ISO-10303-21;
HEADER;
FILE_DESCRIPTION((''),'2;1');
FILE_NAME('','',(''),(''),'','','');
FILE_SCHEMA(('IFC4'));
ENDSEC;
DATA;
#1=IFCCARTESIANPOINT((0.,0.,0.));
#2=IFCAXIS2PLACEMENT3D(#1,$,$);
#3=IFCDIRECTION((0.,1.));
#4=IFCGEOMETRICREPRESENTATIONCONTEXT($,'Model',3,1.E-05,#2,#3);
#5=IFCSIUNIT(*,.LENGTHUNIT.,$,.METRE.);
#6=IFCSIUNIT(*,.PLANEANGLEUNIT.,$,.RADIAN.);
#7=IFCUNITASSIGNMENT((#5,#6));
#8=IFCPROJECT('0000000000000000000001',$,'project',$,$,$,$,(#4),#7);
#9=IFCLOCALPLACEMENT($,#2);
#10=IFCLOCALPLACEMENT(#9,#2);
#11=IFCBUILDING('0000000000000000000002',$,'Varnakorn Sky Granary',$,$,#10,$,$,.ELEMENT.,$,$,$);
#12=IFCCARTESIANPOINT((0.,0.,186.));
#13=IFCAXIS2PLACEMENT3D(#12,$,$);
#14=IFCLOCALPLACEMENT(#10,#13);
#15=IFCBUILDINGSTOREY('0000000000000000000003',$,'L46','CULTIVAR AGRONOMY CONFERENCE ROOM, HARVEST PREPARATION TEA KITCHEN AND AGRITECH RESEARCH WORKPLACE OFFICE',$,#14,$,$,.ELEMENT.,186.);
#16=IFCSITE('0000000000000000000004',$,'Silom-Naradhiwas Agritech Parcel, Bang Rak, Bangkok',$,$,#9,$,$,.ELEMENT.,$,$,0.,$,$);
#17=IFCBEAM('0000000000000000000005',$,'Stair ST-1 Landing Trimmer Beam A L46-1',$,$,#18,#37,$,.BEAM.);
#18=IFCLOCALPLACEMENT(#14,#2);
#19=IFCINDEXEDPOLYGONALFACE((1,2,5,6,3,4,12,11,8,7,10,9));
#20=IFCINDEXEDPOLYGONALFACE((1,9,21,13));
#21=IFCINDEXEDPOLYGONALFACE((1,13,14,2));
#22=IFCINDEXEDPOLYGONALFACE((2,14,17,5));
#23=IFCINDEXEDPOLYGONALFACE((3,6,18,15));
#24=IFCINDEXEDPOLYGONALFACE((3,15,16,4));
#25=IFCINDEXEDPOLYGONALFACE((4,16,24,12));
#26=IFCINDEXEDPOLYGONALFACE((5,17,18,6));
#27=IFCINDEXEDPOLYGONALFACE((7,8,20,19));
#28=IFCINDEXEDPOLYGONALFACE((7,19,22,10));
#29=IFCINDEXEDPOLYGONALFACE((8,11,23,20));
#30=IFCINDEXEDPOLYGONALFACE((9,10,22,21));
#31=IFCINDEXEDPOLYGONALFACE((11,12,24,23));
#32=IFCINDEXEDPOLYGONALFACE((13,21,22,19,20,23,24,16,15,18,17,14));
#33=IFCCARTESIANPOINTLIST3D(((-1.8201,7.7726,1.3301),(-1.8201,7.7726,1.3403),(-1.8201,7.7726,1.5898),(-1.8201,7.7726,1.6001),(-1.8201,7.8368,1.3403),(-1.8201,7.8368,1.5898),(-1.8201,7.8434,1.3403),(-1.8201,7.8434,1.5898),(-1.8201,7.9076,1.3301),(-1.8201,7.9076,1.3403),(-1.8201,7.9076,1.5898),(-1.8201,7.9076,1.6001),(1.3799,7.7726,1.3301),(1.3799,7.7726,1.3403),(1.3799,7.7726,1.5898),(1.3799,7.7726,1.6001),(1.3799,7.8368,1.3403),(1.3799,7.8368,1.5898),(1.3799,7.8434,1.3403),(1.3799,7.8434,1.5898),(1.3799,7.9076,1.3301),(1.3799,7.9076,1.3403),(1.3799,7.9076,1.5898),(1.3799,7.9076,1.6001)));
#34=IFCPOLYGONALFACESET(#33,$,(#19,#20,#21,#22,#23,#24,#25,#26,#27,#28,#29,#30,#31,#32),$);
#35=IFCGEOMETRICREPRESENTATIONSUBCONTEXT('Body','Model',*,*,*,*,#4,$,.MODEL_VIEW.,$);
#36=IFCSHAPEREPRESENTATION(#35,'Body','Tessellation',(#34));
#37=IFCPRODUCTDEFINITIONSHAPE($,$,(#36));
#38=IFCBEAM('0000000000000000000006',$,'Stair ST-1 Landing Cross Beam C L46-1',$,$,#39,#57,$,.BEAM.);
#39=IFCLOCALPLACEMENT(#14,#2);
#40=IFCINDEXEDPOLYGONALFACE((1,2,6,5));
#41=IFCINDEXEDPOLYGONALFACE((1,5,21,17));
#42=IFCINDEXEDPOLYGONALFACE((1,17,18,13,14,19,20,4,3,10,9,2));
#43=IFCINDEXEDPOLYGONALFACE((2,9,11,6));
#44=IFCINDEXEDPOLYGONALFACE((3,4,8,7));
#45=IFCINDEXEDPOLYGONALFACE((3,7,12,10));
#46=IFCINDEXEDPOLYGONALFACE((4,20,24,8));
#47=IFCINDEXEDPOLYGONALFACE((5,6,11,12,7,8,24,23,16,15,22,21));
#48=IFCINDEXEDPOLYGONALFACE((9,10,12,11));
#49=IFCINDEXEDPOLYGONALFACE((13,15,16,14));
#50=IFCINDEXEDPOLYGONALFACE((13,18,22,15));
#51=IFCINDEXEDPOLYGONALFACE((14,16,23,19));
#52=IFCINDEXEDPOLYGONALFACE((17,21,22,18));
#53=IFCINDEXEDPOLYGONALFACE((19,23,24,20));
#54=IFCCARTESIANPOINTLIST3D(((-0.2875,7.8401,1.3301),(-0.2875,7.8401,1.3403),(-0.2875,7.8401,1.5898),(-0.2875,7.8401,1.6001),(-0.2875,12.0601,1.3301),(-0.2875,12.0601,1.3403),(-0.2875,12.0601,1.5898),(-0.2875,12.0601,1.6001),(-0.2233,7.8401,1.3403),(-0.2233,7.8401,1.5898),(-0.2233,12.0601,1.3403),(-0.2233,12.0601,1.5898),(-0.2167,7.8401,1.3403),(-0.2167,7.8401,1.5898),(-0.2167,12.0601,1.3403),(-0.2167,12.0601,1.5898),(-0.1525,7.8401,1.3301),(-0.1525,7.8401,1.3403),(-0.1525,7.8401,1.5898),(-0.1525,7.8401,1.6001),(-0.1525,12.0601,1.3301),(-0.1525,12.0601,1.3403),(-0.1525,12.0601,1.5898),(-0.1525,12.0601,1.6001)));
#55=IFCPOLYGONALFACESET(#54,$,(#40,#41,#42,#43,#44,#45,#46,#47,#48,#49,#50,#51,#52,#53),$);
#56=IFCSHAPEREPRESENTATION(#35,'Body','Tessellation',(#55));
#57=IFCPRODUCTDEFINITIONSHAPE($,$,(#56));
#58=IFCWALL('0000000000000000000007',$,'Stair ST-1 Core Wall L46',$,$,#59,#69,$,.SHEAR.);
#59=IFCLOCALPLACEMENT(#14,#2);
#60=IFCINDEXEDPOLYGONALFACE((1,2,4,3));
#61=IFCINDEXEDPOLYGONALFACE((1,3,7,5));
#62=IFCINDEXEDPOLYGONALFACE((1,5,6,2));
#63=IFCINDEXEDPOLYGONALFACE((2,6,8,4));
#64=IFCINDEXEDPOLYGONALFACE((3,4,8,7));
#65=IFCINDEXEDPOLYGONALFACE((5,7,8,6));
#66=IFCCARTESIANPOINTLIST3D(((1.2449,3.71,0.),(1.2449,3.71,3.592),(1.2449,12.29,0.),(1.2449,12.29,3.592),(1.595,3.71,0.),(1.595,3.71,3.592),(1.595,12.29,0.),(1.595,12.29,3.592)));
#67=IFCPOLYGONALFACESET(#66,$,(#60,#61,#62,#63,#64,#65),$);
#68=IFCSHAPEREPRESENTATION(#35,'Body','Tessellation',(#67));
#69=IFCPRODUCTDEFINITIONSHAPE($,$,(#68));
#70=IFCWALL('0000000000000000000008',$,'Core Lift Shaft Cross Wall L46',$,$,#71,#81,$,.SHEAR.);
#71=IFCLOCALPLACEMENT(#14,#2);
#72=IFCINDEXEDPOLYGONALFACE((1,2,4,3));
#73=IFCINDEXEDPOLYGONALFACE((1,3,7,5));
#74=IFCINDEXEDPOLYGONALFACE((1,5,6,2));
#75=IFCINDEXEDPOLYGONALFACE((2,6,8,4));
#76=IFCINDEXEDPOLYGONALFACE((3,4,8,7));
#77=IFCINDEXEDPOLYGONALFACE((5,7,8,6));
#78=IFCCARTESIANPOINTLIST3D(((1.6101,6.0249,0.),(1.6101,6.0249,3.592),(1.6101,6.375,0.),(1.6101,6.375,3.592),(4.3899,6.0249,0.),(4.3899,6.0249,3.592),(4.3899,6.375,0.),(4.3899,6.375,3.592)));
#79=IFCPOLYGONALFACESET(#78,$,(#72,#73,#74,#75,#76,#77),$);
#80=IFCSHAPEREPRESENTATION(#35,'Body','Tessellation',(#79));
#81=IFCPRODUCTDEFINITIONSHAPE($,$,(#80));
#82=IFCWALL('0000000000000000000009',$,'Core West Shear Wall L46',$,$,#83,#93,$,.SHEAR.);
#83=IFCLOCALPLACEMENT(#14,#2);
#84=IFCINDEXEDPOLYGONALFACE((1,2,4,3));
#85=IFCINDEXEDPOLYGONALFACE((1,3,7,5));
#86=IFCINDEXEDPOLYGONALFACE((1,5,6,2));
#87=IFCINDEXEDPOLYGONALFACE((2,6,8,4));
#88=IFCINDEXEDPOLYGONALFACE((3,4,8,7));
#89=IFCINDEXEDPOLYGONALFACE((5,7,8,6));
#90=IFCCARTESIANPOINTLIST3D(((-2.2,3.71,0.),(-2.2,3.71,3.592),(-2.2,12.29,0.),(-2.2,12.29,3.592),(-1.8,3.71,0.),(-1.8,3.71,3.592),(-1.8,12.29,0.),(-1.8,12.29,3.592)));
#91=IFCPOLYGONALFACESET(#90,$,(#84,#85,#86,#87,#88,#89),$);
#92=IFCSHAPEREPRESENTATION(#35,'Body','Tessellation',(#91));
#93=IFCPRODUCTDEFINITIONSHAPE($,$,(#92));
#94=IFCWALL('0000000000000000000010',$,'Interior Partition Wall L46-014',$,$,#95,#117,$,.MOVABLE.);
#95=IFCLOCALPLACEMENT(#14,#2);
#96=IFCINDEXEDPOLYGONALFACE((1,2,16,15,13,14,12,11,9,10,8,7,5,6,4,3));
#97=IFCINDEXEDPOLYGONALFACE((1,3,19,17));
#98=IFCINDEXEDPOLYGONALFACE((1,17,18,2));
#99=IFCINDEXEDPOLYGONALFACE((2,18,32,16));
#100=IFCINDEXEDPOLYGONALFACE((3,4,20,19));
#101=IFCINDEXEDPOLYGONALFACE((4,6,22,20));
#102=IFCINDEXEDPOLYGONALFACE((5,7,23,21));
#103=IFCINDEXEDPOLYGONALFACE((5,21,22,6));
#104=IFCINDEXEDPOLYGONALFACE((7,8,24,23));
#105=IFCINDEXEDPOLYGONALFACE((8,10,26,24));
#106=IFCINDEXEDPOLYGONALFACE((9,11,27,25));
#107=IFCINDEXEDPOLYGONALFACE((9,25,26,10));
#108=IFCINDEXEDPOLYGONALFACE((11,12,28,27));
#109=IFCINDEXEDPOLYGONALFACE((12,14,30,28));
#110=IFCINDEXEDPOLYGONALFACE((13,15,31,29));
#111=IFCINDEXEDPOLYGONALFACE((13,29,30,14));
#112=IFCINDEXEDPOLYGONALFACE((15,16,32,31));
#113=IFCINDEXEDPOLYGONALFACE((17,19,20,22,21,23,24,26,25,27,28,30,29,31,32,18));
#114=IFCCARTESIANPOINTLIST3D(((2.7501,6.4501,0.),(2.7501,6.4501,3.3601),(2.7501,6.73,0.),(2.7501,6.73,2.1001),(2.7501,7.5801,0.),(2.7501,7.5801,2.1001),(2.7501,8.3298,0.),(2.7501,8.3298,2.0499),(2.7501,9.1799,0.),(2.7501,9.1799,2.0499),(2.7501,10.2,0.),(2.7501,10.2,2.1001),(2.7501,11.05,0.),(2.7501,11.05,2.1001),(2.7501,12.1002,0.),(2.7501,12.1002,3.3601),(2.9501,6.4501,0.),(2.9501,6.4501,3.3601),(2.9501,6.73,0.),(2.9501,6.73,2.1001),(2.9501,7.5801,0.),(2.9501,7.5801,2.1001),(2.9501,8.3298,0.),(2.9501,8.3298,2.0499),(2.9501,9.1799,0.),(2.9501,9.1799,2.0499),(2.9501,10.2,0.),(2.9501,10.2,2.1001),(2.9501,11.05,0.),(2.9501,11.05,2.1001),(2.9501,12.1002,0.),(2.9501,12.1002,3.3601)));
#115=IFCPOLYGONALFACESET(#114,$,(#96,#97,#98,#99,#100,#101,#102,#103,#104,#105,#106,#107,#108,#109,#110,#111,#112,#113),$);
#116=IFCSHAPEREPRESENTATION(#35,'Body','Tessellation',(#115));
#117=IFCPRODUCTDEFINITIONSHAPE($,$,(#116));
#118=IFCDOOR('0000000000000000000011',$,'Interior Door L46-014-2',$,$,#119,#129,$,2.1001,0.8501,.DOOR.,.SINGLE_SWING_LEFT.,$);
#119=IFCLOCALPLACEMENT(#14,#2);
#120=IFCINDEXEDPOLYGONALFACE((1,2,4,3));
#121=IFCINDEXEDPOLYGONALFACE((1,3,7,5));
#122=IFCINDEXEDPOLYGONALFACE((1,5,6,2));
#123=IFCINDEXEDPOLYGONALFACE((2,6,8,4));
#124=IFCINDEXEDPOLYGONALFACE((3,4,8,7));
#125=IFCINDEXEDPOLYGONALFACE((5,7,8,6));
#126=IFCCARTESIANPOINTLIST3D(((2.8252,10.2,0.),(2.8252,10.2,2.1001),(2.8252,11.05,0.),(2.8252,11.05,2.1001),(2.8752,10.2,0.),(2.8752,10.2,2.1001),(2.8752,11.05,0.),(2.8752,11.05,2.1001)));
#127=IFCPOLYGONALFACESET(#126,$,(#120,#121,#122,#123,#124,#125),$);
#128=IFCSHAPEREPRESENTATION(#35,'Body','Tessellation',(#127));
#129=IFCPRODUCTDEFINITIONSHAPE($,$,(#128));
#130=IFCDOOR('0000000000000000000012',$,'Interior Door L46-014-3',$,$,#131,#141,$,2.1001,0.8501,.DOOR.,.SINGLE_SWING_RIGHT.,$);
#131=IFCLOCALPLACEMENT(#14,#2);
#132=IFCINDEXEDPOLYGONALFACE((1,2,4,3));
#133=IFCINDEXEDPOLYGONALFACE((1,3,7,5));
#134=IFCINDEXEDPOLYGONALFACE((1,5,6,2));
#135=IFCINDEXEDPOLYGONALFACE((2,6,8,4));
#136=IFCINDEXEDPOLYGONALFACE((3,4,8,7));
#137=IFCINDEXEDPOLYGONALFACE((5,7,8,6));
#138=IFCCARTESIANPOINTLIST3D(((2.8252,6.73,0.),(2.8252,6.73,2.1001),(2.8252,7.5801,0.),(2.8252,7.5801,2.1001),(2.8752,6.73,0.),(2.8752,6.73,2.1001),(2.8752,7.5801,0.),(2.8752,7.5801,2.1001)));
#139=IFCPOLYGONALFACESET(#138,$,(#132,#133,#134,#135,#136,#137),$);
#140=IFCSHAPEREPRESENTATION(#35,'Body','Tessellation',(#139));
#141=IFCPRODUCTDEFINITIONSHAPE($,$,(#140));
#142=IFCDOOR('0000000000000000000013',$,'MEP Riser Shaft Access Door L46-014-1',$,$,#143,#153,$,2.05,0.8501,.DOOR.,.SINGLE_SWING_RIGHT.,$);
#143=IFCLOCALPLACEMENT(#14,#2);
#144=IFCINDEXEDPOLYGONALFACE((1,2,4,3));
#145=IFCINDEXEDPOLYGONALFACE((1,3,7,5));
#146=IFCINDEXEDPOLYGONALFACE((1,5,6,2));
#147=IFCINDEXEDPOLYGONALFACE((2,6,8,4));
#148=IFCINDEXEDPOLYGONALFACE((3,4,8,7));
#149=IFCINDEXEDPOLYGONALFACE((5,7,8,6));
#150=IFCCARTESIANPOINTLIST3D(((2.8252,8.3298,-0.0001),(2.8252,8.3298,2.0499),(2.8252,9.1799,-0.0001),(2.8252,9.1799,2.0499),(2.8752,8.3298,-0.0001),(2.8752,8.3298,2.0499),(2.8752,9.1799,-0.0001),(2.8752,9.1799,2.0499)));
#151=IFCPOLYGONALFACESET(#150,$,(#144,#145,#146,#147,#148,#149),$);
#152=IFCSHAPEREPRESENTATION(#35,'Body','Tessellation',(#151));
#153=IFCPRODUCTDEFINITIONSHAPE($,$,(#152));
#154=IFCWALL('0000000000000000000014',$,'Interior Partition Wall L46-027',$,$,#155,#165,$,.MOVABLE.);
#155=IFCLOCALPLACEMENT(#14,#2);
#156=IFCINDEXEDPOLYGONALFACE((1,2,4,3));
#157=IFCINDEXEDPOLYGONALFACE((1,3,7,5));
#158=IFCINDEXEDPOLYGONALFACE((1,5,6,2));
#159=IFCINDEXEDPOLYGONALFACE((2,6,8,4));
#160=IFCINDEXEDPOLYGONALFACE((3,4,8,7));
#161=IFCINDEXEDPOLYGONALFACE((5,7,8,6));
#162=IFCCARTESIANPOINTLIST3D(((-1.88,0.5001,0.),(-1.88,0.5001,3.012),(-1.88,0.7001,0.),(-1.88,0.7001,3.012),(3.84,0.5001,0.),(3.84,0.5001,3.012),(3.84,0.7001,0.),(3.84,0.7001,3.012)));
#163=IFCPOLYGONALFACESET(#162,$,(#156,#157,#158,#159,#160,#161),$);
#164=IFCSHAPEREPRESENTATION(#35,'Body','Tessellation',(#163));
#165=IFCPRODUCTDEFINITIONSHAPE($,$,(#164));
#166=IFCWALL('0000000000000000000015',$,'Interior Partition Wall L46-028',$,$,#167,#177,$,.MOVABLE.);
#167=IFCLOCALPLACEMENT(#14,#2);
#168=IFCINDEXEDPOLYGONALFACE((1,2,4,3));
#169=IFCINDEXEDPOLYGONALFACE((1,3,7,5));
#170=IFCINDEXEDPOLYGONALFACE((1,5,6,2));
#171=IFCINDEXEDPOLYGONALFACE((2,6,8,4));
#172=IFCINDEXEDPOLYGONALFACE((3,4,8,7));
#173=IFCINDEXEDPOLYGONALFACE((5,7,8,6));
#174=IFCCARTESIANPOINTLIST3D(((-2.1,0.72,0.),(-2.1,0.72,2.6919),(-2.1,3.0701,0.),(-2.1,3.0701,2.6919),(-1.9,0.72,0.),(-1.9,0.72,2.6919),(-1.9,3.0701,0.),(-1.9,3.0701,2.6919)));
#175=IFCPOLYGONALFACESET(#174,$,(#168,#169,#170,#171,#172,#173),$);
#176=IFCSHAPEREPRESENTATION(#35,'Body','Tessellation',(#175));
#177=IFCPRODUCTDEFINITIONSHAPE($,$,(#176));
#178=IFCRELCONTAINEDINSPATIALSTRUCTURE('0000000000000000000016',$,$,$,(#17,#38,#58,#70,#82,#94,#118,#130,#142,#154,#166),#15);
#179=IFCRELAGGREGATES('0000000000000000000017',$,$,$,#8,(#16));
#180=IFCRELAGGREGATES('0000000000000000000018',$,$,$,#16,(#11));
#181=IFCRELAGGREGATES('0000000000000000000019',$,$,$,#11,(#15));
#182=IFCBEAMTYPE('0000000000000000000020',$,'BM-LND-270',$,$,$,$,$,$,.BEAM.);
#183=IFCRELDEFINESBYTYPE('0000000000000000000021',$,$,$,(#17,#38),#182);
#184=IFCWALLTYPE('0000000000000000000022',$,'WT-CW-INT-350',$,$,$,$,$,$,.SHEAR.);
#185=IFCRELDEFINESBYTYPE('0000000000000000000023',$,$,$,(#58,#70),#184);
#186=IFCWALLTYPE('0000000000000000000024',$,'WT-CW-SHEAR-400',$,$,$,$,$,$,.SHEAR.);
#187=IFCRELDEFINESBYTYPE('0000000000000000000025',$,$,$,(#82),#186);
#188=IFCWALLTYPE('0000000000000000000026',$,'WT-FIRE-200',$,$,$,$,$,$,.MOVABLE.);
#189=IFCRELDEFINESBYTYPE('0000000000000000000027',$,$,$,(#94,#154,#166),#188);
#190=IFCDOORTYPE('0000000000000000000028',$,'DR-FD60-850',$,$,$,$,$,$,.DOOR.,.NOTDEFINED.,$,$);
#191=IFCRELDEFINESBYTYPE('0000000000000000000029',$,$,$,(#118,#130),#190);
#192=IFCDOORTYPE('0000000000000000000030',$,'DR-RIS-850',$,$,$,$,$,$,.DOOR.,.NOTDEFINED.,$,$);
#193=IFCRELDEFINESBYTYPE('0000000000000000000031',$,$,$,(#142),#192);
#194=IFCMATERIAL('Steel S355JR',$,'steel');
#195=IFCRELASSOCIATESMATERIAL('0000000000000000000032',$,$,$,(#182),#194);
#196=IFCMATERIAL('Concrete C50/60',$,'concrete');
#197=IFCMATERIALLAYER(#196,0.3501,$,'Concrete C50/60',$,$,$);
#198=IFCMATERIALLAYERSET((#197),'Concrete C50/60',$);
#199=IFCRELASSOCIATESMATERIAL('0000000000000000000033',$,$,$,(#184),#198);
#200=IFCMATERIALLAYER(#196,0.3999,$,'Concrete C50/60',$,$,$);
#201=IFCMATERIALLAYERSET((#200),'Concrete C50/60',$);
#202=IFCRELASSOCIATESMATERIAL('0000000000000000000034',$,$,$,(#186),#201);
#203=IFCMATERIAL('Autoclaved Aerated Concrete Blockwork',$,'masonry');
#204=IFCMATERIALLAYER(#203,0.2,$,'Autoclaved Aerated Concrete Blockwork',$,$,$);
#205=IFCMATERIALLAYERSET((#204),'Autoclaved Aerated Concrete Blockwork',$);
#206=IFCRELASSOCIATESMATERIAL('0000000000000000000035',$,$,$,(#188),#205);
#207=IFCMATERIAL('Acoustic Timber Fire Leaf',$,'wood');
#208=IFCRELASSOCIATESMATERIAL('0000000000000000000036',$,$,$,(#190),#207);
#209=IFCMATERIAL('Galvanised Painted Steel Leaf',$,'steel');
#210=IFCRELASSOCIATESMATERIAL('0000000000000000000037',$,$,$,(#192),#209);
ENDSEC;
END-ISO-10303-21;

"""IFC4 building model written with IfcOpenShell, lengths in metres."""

from ifc_helpers import new_model, si_unit, direction, frame, frame_2d, origin, origin_2d, place, context, subcontext, project, spatial, rectangle, i_section, extrude, material, layer, layer_set, material_profile, profile_set, type_object, element, fill, save


model = new_model("IFC4")

# Units and contexts
model_context = context("Model", 3, precision=1e-05, world=origin(), true_north=direction((0.0, 1.0)))
body_context = subcontext(model_context, "Body", "Model", "MODEL_VIEW")
ifc_project = project(units=[si_unit("LENGTHUNIT", "METRE"), si_unit("PLANEANGLEUNIT", "RADIAN")], contexts=[model_context])

# Site, building, storey
site_placement = place(None, origin())
site = spatial("IfcSite", under=ifc_project, at=site_placement, Name="Silom-Naradhiwas Agritech Parcel, Bang Rak, Bangkok", CompositionType="ELEMENT", RefElevation=0.0)
building_placement = place(site_placement, origin())
building = spatial("IfcBuilding", under=site, at=building_placement, Name="Varnakorn Sky Granary", CompositionType="ELEMENT")
storey_placement = place(building_placement, frame((0.0, 0.0, 186.0)))
storey = spatial("IfcBuildingStorey", under=building, at=storey_placement, Name="L46", Description="CULTIVAR AGRONOMY CONFERENCE ROOM, HARVEST PREPARATION TEA KITCHEN AND AGRITECH RESEARCH WORKPLACE OFFICE", CompositionType="ELEMENT", Elevation=186.0)

# Beams
ifc_material_1 = material(Name="Steel S355JR", Category="steel")
ifc_material_profile = material_profile(ifc_material_1, i_section(OverallWidth=0.135, OverallDepth=0.27, WebThickness=0.0066, FlangeThickness=0.0103, at=origin_2d()), Name="IPE 270")
ifc_profile_set = profile_set([ifc_material_profile], Name="Steel S355JR")
beam_type = type_object("IfcBeamType", Name="BM-LND-270", PredefinedType="BEAM", material=ifc_profile_set)
beam_1_placement = place(storey_placement, frame((-1.8201, 7.8401, 1.4651), z_axis=(1.0, 0.0, 0.0), x_axis=(0.0, 1.0, 0.0)))
element("IfcBeam", 1, at=beam_1_placement, inside=storey, type_object=beam_type, Name="Stair ST-1 Landing Trimmer Beam A L46-1", PredefinedType="BEAM", context=body_context, shape_type="SweptSolid", body=[
    extrude(i_section(OverallWidth=0.135, OverallDepth=0.27, WebThickness=0.0066, FlangeThickness=0.0103, at=origin_2d()), origin(), (0.0, 0.0, 1.0), 3.2),
])
beam_2_placement = place(storey_placement, frame((-0.22, 7.8401, 1.4651), z_axis=(0.0, 1.0, 0.0), x_axis=(-1.0, 0.0, 0.0)))
element("IfcBeam", 2, at=beam_2_placement, inside=storey, type_object=beam_type, Name="Stair ST-1 Landing Cross Beam C L46-1", PredefinedType="BEAM", context=body_context, shape_type="SweptSolid", body=[
    extrude(i_section(OverallWidth=0.135, OverallDepth=0.27, WebThickness=0.0066, FlangeThickness=0.0103, at=origin_2d()), origin(), (0.0, 0.0, 1.0), 4.22),
])

# Walls
ifc_material_2 = material(Name="Concrete C50/60", Category="concrete")
ifc_layer_1 = layer(ifc_material_2, 0.3501, Name="Concrete C50/60")
ifc_layer_set_1 = layer_set([ifc_layer_1], Name="Concrete C50/60")
wall_type_1 = type_object("IfcWallType", Name="WT-CW-INT-350", PredefinedType="SHEAR", material=ifc_layer_set_1)
wall_1_placement = place(storey_placement, frame((1.4199, 3.71, 0.0), z_axis=(0.0, 0.0, 1.0), x_axis=(0.0, 1.0, 0.0)))
element("IfcWall", 3, at=wall_1_placement, inside=storey, type_object=wall_type_1, Name="Stair ST-1 Core Wall L46", PredefinedType="SHEAR", context=body_context, shape_type="SweptSolid", body=[
    extrude(rectangle(XDim=8.5801, YDim=0.3501, at=frame_2d((4.29, 0.0))), origin(), (0.0, 0.0, 1.0), 3.592),
])
wall_2_placement = place(storey_placement, frame((1.6101, 6.2, 0.0), z_axis=(0.0, 0.0, 1.0), x_axis=(1.0, 0.0, 0.0)))
element("IfcWall", 4, at=wall_2_placement, inside=storey, type_object=wall_type_1, Name="Core Lift Shaft Cross Wall L46", PredefinedType="SHEAR", context=body_context, shape_type="SweptSolid", body=[
    extrude(rectangle(XDim=2.7798, YDim=0.3501, at=frame_2d((1.3899, 0.0))), origin(), (0.0, 0.0, 1.0), 3.592),
])

# Shared definitions
ifc_layer_2 = layer(ifc_material_2, 0.3999, Name="Concrete C50/60")
ifc_layer_set_2 = layer_set([ifc_layer_2], Name="Concrete C50/60")
wall_type_2 = type_object("IfcWallType", Name="WT-CW-SHEAR-400", PredefinedType="SHEAR", material=ifc_layer_set_2)
ifc_material_3 = material(Name="Galvanised Painted Steel Leaf", Category="steel")

# Wall
wall_3_placement = place(storey_placement, frame((-2.0, 3.71, 0.0), z_axis=(0.0, 0.0, 1.0), x_axis=(0.0, 1.0, 0.0)))
element("IfcWall", 5, at=wall_3_placement, inside=storey, type_object=wall_type_2, Name="Core West Shear Wall L46", PredefinedType="SHEAR", context=body_context, shape_type="SweptSolid", body=[
    extrude(rectangle(XDim=8.5801, YDim=0.3999, at=frame_2d((4.29, 0.0))), origin(), (0.0, 0.0, 1.0), 3.592),
])

# Wall, openings, doors
ifc_material_4 = material(Name="Autoclaved Aerated Concrete Blockwork", Category="masonry")
ifc_layer_3 = layer(ifc_material_4, 0.2, Name="Autoclaved Aerated Concrete Blockwork")
ifc_layer_set_3 = layer_set([ifc_layer_3], Name="Autoclaved Aerated Concrete Blockwork")
wall_type_3 = type_object("IfcWallType", Name="WT-FIRE-200", PredefinedType="MOVABLE", material=ifc_layer_set_3)
wall_4_placement = place(storey_placement, frame((2.8501, 6.45, 0.0), z_axis=(0.0, 0.0, 1.0), x_axis=(0.0, 1.0, 0.0)))
wall_4 = element("IfcWall", 6, at=wall_4_placement, inside=storey, type_object=wall_type_3, Name="Interior Partition Wall L46-014", PredefinedType="MOVABLE", context=body_context, shape_type="SweptSolid", body=[
    extrude(rectangle(XDim=5.6501, YDim=0.2, at=frame_2d((2.8252, 0.0))), origin(), (0.0, 0.0, 1.0), 3.3601),
])
opening_1_placement = place(wall_4_placement, frame((1.8799, 0.0, 0.0)))
opening_1 = element("IfcOpeningElement", 7, at=opening_1_placement, cuts=wall_4, PredefinedType="OPENING", context=body_context, shape_type="SweptSolid", body=[
    extrude(rectangle(XDim=0.8501, YDim=2.05, at=frame_2d((0.425, 1.0249))), frame((0.0, 0.1099, 0.0), z_axis=(0.0, -1.0, 0.0), x_axis=(1.0, 0.0, 0.0)), (0.0, 0.0, 1.0), 0.22),
])
opening_2_placement = place(wall_4_placement, frame((3.75, 0.0, 0.0)))
opening_2 = element("IfcOpeningElement", 8, at=opening_2_placement, cuts=wall_4, PredefinedType="OPENING", context=body_context, shape_type="SweptSolid", body=[
    extrude(rectangle(XDim=0.8501, YDim=2.1001, at=frame_2d((0.425, 1.05))), frame((0.0, 0.1099, 0.0), z_axis=(0.0, -1.0, 0.0), x_axis=(1.0, 0.0, 0.0)), (0.0, 0.0, 1.0), 0.22),
])
opening_3_placement = place(wall_4_placement, frame((0.28, 0.0, 0.0)))
opening_3 = element("IfcOpeningElement", 9, at=opening_3_placement, cuts=wall_4, PredefinedType="OPENING", context=body_context, shape_type="SweptSolid", body=[
    extrude(rectangle(XDim=0.8501, YDim=2.1001, at=frame_2d((0.425, 1.05))), frame((0.0, 0.1099, 0.0), z_axis=(0.0, -1.0, 0.0), x_axis=(1.0, 0.0, 0.0)), (0.0, 0.0, 1.0), 0.22),
])
ifc_material_5 = material(Name="Acoustic Timber Fire Leaf", Category="wood")
door_type_1 = type_object("IfcDoorType", Name="DR-FD60-850", OperationType="NOTDEFINED", PredefinedType="DOOR", material=ifc_material_5)
door_1_placement = place(opening_2_placement, origin())
door_1 = element("IfcDoor", 10, at=door_1_placement, inside=storey, type_object=door_type_1, Name="Interior Door L46-014-2", OperationType="SINGLE_SWING_LEFT", OverallHeight=2.1001, OverallWidth=0.8501, PredefinedType="DOOR", context=body_context, shape_type="SweptSolid", body=[
    extrude(rectangle(XDim=0.8501, YDim=2.1001, at=frame_2d((0.425, 1.05))), frame((0.0, 0.0249, 0.0), z_axis=(0.0, -1.0, 0.0), x_axis=(1.0, 0.0, 0.0)), (0.0, 0.0, 1.0), 0.05),
])
fill(opening_2, door_1)
door_2_placement = place(opening_3_placement, origin())
door_2 = element("IfcDoor", 11, at=door_2_placement, inside=storey, type_object=door_type_1, Name="Interior Door L46-014-3", OperationType="SINGLE_SWING_RIGHT", OverallHeight=2.1001, OverallWidth=0.8501, PredefinedType="DOOR", context=body_context, shape_type="SweptSolid", body=[
    extrude(rectangle(XDim=0.8501, YDim=2.1001, at=frame_2d((0.425, 1.05))), frame((0.0, 0.0249, 0.0), z_axis=(0.0, -1.0, 0.0), x_axis=(1.0, 0.0, 0.0)), (0.0, 0.0, 1.0), 0.05),
])
fill(opening_3, door_2)
door_type_2 = type_object("IfcDoorType", Name="DR-RIS-850", OperationType="NOTDEFINED", PredefinedType="DOOR", material=ifc_material_3)
door_3_placement = place(opening_1_placement, origin())
door_3 = element("IfcDoor", 12, at=door_3_placement, inside=storey, type_object=door_type_2, Name="MEP Riser Shaft Access Door L46-014-1", OperationType="SINGLE_SWING_RIGHT", OverallHeight=2.05, OverallWidth=0.8501, PredefinedType="DOOR", context=body_context, shape_type="SweptSolid", body=[
    extrude(rectangle(XDim=0.8501, YDim=2.05, at=frame_2d((0.425, 1.0249))), frame((0.0, 0.0249, 0.0), z_axis=(0.0, -1.0, 0.0), x_axis=(1.0, 0.0, 0.0)), (0.0, 0.0, 1.0), 0.05),
])
fill(opening_1, door_3)

# Walls
wall_5_placement = place(storey_placement, frame((-1.8799, 0.6001, 0.0), z_axis=(0.0, 0.0, 1.0), x_axis=(1.0, 0.0, 0.0)))
element("IfcWall", 13, at=wall_5_placement, inside=storey, type_object=wall_type_3, Name="Interior Partition Wall L46-027", PredefinedType="MOVABLE", context=body_context, shape_type="SweptSolid", body=[
    extrude(rectangle(XDim=5.72, YDim=0.2, at=frame_2d((2.8599, 0.0))), origin(), (0.0, 0.0, 1.0), 3.012),
])
wall_6_placement = place(storey_placement, frame((-2.0, 0.72, 0.0), z_axis=(0.0, 0.0, 1.0), x_axis=(0.0, 1.0, 0.0)))
element("IfcWall", 14, at=wall_6_placement, inside=storey, type_object=wall_type_3, Name="Interior Partition Wall L46-028", PredefinedType="MOVABLE", context=body_context, shape_type="SweptSolid", body=[
    extrude(rectangle(XDim=2.3501, YDim=0.2, at=frame_2d((1.175, 0.0))), origin(), (0.0, 0.0, 1.0), 2.6919),
])

save(model, "model.ifc")
